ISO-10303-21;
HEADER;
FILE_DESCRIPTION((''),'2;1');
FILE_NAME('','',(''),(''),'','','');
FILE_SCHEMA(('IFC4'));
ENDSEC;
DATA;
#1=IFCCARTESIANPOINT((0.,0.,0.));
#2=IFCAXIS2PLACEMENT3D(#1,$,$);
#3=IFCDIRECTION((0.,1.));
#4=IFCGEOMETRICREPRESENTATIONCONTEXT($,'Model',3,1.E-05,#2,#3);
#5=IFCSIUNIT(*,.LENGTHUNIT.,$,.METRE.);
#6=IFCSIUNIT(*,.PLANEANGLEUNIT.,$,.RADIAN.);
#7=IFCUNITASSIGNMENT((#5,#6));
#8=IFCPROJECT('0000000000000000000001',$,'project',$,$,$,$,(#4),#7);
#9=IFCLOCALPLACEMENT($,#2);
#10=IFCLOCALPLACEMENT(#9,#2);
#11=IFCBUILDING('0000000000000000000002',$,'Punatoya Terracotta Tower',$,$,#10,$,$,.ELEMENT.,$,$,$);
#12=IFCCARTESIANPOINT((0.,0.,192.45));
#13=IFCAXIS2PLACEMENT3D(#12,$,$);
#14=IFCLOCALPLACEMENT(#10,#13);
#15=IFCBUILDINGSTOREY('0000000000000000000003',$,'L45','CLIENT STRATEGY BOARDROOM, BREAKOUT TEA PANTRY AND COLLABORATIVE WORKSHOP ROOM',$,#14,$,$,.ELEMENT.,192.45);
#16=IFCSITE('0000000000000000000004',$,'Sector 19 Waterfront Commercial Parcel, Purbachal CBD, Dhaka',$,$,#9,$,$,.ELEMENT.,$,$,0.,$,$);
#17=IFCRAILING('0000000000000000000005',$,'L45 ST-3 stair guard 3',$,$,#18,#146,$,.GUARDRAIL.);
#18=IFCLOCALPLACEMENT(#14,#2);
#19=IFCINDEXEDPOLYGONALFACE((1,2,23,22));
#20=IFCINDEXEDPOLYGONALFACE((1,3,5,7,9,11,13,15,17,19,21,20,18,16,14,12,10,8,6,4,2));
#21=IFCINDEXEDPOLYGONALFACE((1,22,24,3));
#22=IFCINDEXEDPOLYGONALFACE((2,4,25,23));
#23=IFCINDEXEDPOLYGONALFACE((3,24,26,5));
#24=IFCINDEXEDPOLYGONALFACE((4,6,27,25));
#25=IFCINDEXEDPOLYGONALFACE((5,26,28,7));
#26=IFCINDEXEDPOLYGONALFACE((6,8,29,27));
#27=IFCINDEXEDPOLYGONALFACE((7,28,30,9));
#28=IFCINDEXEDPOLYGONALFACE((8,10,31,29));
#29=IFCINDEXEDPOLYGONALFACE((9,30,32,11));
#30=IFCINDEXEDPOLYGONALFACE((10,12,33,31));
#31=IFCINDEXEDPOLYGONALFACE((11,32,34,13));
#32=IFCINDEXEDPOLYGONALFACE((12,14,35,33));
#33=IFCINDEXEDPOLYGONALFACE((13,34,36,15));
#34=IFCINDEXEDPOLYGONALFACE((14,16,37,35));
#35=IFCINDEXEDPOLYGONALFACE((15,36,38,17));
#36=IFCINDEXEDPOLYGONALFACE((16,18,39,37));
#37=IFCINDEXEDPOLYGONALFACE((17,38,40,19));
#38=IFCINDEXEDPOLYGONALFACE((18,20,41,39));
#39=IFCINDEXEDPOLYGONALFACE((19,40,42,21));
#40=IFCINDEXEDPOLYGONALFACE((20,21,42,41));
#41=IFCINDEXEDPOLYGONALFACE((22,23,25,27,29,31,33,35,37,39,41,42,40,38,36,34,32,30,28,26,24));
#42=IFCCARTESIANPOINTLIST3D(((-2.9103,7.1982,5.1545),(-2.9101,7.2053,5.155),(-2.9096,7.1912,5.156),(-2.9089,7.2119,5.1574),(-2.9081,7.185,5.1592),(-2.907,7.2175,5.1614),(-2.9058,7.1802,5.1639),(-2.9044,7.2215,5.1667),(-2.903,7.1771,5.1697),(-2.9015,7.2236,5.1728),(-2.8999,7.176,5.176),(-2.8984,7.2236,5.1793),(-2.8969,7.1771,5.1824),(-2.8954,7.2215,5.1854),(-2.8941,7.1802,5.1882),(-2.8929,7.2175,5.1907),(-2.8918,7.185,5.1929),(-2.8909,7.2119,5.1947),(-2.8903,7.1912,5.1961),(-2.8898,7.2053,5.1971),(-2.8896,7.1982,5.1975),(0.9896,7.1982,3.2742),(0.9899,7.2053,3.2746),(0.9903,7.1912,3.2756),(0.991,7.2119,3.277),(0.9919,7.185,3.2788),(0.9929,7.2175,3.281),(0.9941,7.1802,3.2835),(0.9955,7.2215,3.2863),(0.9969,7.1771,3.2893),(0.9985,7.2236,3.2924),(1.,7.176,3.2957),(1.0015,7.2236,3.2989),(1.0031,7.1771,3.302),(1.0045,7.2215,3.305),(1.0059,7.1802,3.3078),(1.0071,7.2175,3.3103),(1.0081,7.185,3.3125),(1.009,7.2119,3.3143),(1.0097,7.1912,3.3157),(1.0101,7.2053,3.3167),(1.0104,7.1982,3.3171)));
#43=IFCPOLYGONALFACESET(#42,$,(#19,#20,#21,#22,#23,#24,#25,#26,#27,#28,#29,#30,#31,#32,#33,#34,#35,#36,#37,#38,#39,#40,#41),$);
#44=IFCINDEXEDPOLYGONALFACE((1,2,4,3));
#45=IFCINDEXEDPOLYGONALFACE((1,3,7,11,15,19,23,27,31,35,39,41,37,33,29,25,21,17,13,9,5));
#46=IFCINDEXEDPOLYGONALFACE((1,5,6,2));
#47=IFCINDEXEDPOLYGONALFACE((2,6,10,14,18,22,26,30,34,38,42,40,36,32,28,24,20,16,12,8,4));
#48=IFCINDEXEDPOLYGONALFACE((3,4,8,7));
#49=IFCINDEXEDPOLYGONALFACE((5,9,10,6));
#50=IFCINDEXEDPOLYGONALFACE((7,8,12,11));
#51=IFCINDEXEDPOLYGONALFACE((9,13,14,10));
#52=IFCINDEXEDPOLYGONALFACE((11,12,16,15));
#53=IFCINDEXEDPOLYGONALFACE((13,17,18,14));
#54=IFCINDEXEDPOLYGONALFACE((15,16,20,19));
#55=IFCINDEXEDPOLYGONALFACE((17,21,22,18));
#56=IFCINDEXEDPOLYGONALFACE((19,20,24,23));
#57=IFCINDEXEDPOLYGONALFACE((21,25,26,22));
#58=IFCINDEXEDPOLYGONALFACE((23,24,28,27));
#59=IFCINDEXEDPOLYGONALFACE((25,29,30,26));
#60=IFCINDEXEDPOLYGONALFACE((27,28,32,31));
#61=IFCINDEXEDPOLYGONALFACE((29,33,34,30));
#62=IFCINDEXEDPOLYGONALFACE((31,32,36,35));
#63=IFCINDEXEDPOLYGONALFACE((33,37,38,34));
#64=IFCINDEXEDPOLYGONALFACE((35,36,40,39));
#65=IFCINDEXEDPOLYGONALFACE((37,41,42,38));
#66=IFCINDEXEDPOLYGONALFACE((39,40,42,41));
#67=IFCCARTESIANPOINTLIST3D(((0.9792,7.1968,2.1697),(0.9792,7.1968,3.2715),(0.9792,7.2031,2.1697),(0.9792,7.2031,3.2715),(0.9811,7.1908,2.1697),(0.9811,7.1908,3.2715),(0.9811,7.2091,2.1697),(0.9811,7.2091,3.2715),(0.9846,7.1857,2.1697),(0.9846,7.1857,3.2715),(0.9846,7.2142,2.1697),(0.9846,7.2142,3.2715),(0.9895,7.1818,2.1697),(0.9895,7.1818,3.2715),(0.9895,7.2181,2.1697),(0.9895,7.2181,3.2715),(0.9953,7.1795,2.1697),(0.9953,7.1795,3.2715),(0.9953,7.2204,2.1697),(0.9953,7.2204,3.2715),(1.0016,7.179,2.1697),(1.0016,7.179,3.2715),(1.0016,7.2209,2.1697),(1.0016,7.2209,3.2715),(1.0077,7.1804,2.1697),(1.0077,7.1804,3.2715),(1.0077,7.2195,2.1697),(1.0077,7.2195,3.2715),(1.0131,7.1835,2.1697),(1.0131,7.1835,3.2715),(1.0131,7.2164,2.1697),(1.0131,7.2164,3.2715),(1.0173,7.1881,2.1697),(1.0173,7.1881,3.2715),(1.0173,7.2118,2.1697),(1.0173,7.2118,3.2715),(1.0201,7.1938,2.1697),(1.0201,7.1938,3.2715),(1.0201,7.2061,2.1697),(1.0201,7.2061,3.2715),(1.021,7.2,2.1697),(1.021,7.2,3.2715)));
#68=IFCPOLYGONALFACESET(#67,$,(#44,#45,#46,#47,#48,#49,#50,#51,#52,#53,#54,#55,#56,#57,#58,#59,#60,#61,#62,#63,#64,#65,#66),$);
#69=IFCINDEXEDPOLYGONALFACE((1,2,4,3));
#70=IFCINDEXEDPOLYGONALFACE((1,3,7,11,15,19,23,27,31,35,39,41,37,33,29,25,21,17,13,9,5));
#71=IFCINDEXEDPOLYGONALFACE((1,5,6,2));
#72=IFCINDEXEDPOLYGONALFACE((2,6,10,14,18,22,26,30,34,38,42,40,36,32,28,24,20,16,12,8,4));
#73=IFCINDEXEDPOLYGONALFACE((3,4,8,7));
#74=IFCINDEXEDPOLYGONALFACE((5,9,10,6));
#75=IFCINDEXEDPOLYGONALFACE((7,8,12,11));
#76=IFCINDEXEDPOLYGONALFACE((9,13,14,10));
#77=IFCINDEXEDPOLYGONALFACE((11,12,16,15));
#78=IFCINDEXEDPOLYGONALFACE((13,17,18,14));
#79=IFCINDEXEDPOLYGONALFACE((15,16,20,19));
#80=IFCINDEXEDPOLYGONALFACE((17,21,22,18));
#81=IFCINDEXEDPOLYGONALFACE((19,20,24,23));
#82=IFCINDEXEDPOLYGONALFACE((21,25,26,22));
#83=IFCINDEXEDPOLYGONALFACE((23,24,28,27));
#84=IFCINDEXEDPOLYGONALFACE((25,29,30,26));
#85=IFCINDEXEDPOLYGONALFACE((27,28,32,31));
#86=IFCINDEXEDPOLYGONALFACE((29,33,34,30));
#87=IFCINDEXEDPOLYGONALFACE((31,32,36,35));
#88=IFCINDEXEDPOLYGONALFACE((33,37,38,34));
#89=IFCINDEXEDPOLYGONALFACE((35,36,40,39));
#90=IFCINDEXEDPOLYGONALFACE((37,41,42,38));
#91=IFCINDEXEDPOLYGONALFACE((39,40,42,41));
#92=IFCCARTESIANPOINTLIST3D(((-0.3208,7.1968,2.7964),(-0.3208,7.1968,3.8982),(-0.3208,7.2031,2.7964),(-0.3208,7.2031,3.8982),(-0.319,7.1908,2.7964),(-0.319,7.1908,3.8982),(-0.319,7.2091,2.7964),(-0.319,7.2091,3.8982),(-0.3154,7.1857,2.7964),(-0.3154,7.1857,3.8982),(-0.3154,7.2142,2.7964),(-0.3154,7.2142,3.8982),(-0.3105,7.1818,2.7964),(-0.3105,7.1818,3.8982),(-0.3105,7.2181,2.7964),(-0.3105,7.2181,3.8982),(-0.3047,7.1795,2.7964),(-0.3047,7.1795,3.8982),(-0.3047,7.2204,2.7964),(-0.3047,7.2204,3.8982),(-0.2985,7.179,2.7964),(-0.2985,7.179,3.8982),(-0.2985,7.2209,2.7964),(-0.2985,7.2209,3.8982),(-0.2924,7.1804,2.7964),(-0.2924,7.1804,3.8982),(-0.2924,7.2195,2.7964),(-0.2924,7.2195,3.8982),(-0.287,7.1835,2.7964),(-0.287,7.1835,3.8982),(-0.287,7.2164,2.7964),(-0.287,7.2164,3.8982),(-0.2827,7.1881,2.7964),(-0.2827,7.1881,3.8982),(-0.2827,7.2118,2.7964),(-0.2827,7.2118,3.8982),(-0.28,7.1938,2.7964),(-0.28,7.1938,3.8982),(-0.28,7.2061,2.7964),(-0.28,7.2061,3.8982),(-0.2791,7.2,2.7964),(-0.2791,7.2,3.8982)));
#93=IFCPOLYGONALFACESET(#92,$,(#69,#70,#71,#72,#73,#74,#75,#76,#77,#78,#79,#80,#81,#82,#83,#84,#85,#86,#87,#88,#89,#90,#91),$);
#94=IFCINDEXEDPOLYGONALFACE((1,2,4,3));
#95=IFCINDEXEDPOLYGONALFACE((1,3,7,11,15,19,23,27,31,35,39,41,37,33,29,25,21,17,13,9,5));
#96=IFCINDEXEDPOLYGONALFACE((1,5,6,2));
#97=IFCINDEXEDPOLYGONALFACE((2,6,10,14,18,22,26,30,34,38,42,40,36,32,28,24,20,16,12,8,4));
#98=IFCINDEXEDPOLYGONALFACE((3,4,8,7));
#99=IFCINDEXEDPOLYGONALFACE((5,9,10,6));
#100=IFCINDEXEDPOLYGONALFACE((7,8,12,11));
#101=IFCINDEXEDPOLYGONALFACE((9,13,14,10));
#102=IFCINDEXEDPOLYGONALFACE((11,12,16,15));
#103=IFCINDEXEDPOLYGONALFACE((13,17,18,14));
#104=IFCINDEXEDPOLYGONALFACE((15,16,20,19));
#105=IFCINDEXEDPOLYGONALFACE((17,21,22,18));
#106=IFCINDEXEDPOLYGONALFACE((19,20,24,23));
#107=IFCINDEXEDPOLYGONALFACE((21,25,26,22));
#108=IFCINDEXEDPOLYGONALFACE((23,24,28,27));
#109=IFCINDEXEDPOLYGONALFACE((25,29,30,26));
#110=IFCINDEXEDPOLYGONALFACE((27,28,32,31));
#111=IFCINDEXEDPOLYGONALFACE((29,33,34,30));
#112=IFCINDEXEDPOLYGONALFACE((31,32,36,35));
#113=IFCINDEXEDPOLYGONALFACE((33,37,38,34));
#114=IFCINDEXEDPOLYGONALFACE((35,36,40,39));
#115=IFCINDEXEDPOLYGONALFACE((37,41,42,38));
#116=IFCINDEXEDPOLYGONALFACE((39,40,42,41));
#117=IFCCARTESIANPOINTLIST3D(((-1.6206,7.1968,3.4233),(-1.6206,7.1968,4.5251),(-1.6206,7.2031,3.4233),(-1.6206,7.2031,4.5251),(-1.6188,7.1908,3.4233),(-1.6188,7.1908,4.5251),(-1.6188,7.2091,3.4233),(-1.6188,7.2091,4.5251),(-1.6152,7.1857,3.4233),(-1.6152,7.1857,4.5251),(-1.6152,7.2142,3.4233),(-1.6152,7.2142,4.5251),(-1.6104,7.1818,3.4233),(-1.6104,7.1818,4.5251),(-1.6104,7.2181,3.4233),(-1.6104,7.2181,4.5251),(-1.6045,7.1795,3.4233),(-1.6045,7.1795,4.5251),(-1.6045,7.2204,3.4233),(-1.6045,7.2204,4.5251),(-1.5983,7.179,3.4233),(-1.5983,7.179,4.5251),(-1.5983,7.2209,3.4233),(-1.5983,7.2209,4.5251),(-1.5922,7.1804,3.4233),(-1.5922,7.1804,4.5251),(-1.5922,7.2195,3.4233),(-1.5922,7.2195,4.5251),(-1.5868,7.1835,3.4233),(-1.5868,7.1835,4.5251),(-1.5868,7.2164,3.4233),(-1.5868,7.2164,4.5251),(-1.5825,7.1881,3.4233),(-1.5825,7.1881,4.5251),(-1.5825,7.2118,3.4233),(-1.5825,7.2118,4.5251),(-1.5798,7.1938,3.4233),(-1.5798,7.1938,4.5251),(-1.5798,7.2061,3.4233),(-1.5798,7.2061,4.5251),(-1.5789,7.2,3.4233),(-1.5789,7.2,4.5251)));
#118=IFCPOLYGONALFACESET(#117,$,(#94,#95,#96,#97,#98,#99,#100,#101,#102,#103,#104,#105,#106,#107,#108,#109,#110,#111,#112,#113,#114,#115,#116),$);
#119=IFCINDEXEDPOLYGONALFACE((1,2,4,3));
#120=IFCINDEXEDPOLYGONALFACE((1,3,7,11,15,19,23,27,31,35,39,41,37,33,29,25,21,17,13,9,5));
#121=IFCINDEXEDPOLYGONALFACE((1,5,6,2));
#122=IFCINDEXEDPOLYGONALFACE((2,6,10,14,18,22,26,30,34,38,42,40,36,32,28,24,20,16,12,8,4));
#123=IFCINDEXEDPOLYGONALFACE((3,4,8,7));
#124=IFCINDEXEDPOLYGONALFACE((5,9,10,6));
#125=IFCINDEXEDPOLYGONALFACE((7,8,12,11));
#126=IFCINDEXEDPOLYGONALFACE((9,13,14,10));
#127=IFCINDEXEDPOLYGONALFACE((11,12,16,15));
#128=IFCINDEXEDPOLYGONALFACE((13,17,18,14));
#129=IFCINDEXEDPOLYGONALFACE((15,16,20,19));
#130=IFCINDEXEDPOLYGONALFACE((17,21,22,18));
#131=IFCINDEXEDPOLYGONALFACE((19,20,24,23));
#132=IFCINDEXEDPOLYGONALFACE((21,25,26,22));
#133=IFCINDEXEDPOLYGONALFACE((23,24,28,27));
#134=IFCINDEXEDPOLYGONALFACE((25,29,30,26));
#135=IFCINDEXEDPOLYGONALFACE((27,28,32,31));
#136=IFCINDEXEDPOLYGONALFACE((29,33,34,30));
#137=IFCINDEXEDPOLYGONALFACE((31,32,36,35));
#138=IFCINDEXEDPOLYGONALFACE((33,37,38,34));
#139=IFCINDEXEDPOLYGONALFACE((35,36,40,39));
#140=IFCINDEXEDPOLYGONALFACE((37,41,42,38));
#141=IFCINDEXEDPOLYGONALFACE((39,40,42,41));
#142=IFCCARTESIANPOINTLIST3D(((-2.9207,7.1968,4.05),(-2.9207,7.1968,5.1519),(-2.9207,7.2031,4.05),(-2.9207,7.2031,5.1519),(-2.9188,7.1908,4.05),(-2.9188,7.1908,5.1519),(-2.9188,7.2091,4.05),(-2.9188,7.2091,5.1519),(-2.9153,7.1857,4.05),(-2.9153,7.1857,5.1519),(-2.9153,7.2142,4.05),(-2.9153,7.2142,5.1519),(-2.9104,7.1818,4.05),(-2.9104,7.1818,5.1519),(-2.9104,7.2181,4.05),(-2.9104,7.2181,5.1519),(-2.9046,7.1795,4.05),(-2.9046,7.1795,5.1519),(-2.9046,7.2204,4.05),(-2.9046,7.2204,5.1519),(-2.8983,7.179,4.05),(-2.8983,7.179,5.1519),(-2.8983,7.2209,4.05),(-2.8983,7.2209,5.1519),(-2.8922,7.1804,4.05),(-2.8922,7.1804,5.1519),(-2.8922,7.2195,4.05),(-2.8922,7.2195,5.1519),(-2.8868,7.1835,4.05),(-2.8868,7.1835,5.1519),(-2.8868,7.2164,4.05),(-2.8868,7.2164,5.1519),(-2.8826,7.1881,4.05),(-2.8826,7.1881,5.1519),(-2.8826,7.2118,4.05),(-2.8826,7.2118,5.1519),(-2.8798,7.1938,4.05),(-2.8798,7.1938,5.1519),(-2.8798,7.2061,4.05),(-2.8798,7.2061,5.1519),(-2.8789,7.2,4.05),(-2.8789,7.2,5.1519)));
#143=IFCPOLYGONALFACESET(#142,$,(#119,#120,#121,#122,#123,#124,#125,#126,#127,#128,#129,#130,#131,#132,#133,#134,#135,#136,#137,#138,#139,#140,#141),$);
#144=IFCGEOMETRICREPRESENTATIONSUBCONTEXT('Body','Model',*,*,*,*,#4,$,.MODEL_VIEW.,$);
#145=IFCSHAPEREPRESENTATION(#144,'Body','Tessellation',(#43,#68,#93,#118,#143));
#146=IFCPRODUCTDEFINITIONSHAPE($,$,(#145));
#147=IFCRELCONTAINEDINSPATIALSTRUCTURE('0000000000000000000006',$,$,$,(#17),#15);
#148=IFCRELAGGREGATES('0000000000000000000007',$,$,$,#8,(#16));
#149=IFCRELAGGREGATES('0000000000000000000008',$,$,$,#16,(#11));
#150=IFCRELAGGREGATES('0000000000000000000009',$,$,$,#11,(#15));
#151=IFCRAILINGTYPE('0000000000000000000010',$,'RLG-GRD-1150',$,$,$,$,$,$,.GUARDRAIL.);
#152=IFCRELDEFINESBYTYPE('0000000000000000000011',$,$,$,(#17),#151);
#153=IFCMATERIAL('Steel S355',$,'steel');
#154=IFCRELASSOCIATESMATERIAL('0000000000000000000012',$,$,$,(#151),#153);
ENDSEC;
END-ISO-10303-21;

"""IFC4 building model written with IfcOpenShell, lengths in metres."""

from ifc_helpers import new_model, si_unit, direction, frame, origin, origin_2d, place, context, subcontext, project, spatial, circle, extrude, material, type_object, element, save


model = new_model("IFC4")

# Units and contexts
model_context = context("Model", 3, precision=1e-05, world=origin(), true_north=direction((0.0, 1.0)))
body_context = subcontext(model_context, "Body", "Model", "MODEL_VIEW")
ifc_project = project(units=[si_unit("LENGTHUNIT", "METRE"), si_unit("PLANEANGLEUNIT", "RADIAN")], contexts=[model_context])

# Site, building, storey
site_placement = place(None, origin())
site = spatial("IfcSite", under=ifc_project, at=site_placement, Name="Sector 19 Waterfront Commercial Parcel, Purbachal CBD, Dhaka", CompositionType="ELEMENT", RefElevation=0.0)
building_placement = place(site_placement, origin())
building = spatial("IfcBuilding", under=site, at=building_placement, Name="Punatoya Terracotta Tower", CompositionType="ELEMENT")
storey_placement = place(building_placement, frame((0.0, 0.0, 192.45)))
storey = spatial("IfcBuildingStorey", under=building, at=storey_placement, Name="L45", Description="CLIENT STRATEGY BOARDROOM, BREAKOUT TEA PANTRY AND COLLABORATIVE WORKSHOP ROOM", CompositionType="ELEMENT", Elevation=192.45)

# Shared definitions
ifc_material_1 = material(Name="Steel S355", Category="steel")

# Railing
railing_type_1 = type_object("IfcRailingType", Name="RLG-GRD-1150", PredefinedType="GUARDRAIL", material=ifc_material_1)
railing_1_placement = place(storey_placement, frame((1.0, 7.2, 2.1697)))
element("IfcRailing", 1, at=railing_1_placement, inside=storey, type_object=railing_type_1, Name="L45 ST-3 stair guard 3", PredefinedType="GUARDRAIL", context=body_context, shape_type="SweptSolid", body=[
    extrude(circle(Radius=0.0239, at=origin_2d()), frame((0.0, 0.0, 1.126), z_axis=(-0.900763, 0.0, 0.434311), x_axis=(0.0, -1.0, 0.0)), (0.0, 0.0, 1.0), 4.3296),
    extrude(circle(Radius=0.021, at=origin_2d()), origin(), (0.0, 0.0, 1.0), 1.1018),
    extrude(circle(Radius=0.021, at=origin_2d()), frame((-1.3, 0.0, 0.6267)), (0.0, 0.0, 1.0), 1.1018),
    extrude(circle(Radius=0.021, at=origin_2d()), frame((-2.5999, 0.0, 1.2537)), (0.0, 0.0, 1.0), 1.1018),
    extrude(circle(Radius=0.021, at=origin_2d()), frame((-3.8999, 0.0, 1.8804)), (0.0, 0.0, 1.0), 1.1018),
])

save(model, "model.ifc")
